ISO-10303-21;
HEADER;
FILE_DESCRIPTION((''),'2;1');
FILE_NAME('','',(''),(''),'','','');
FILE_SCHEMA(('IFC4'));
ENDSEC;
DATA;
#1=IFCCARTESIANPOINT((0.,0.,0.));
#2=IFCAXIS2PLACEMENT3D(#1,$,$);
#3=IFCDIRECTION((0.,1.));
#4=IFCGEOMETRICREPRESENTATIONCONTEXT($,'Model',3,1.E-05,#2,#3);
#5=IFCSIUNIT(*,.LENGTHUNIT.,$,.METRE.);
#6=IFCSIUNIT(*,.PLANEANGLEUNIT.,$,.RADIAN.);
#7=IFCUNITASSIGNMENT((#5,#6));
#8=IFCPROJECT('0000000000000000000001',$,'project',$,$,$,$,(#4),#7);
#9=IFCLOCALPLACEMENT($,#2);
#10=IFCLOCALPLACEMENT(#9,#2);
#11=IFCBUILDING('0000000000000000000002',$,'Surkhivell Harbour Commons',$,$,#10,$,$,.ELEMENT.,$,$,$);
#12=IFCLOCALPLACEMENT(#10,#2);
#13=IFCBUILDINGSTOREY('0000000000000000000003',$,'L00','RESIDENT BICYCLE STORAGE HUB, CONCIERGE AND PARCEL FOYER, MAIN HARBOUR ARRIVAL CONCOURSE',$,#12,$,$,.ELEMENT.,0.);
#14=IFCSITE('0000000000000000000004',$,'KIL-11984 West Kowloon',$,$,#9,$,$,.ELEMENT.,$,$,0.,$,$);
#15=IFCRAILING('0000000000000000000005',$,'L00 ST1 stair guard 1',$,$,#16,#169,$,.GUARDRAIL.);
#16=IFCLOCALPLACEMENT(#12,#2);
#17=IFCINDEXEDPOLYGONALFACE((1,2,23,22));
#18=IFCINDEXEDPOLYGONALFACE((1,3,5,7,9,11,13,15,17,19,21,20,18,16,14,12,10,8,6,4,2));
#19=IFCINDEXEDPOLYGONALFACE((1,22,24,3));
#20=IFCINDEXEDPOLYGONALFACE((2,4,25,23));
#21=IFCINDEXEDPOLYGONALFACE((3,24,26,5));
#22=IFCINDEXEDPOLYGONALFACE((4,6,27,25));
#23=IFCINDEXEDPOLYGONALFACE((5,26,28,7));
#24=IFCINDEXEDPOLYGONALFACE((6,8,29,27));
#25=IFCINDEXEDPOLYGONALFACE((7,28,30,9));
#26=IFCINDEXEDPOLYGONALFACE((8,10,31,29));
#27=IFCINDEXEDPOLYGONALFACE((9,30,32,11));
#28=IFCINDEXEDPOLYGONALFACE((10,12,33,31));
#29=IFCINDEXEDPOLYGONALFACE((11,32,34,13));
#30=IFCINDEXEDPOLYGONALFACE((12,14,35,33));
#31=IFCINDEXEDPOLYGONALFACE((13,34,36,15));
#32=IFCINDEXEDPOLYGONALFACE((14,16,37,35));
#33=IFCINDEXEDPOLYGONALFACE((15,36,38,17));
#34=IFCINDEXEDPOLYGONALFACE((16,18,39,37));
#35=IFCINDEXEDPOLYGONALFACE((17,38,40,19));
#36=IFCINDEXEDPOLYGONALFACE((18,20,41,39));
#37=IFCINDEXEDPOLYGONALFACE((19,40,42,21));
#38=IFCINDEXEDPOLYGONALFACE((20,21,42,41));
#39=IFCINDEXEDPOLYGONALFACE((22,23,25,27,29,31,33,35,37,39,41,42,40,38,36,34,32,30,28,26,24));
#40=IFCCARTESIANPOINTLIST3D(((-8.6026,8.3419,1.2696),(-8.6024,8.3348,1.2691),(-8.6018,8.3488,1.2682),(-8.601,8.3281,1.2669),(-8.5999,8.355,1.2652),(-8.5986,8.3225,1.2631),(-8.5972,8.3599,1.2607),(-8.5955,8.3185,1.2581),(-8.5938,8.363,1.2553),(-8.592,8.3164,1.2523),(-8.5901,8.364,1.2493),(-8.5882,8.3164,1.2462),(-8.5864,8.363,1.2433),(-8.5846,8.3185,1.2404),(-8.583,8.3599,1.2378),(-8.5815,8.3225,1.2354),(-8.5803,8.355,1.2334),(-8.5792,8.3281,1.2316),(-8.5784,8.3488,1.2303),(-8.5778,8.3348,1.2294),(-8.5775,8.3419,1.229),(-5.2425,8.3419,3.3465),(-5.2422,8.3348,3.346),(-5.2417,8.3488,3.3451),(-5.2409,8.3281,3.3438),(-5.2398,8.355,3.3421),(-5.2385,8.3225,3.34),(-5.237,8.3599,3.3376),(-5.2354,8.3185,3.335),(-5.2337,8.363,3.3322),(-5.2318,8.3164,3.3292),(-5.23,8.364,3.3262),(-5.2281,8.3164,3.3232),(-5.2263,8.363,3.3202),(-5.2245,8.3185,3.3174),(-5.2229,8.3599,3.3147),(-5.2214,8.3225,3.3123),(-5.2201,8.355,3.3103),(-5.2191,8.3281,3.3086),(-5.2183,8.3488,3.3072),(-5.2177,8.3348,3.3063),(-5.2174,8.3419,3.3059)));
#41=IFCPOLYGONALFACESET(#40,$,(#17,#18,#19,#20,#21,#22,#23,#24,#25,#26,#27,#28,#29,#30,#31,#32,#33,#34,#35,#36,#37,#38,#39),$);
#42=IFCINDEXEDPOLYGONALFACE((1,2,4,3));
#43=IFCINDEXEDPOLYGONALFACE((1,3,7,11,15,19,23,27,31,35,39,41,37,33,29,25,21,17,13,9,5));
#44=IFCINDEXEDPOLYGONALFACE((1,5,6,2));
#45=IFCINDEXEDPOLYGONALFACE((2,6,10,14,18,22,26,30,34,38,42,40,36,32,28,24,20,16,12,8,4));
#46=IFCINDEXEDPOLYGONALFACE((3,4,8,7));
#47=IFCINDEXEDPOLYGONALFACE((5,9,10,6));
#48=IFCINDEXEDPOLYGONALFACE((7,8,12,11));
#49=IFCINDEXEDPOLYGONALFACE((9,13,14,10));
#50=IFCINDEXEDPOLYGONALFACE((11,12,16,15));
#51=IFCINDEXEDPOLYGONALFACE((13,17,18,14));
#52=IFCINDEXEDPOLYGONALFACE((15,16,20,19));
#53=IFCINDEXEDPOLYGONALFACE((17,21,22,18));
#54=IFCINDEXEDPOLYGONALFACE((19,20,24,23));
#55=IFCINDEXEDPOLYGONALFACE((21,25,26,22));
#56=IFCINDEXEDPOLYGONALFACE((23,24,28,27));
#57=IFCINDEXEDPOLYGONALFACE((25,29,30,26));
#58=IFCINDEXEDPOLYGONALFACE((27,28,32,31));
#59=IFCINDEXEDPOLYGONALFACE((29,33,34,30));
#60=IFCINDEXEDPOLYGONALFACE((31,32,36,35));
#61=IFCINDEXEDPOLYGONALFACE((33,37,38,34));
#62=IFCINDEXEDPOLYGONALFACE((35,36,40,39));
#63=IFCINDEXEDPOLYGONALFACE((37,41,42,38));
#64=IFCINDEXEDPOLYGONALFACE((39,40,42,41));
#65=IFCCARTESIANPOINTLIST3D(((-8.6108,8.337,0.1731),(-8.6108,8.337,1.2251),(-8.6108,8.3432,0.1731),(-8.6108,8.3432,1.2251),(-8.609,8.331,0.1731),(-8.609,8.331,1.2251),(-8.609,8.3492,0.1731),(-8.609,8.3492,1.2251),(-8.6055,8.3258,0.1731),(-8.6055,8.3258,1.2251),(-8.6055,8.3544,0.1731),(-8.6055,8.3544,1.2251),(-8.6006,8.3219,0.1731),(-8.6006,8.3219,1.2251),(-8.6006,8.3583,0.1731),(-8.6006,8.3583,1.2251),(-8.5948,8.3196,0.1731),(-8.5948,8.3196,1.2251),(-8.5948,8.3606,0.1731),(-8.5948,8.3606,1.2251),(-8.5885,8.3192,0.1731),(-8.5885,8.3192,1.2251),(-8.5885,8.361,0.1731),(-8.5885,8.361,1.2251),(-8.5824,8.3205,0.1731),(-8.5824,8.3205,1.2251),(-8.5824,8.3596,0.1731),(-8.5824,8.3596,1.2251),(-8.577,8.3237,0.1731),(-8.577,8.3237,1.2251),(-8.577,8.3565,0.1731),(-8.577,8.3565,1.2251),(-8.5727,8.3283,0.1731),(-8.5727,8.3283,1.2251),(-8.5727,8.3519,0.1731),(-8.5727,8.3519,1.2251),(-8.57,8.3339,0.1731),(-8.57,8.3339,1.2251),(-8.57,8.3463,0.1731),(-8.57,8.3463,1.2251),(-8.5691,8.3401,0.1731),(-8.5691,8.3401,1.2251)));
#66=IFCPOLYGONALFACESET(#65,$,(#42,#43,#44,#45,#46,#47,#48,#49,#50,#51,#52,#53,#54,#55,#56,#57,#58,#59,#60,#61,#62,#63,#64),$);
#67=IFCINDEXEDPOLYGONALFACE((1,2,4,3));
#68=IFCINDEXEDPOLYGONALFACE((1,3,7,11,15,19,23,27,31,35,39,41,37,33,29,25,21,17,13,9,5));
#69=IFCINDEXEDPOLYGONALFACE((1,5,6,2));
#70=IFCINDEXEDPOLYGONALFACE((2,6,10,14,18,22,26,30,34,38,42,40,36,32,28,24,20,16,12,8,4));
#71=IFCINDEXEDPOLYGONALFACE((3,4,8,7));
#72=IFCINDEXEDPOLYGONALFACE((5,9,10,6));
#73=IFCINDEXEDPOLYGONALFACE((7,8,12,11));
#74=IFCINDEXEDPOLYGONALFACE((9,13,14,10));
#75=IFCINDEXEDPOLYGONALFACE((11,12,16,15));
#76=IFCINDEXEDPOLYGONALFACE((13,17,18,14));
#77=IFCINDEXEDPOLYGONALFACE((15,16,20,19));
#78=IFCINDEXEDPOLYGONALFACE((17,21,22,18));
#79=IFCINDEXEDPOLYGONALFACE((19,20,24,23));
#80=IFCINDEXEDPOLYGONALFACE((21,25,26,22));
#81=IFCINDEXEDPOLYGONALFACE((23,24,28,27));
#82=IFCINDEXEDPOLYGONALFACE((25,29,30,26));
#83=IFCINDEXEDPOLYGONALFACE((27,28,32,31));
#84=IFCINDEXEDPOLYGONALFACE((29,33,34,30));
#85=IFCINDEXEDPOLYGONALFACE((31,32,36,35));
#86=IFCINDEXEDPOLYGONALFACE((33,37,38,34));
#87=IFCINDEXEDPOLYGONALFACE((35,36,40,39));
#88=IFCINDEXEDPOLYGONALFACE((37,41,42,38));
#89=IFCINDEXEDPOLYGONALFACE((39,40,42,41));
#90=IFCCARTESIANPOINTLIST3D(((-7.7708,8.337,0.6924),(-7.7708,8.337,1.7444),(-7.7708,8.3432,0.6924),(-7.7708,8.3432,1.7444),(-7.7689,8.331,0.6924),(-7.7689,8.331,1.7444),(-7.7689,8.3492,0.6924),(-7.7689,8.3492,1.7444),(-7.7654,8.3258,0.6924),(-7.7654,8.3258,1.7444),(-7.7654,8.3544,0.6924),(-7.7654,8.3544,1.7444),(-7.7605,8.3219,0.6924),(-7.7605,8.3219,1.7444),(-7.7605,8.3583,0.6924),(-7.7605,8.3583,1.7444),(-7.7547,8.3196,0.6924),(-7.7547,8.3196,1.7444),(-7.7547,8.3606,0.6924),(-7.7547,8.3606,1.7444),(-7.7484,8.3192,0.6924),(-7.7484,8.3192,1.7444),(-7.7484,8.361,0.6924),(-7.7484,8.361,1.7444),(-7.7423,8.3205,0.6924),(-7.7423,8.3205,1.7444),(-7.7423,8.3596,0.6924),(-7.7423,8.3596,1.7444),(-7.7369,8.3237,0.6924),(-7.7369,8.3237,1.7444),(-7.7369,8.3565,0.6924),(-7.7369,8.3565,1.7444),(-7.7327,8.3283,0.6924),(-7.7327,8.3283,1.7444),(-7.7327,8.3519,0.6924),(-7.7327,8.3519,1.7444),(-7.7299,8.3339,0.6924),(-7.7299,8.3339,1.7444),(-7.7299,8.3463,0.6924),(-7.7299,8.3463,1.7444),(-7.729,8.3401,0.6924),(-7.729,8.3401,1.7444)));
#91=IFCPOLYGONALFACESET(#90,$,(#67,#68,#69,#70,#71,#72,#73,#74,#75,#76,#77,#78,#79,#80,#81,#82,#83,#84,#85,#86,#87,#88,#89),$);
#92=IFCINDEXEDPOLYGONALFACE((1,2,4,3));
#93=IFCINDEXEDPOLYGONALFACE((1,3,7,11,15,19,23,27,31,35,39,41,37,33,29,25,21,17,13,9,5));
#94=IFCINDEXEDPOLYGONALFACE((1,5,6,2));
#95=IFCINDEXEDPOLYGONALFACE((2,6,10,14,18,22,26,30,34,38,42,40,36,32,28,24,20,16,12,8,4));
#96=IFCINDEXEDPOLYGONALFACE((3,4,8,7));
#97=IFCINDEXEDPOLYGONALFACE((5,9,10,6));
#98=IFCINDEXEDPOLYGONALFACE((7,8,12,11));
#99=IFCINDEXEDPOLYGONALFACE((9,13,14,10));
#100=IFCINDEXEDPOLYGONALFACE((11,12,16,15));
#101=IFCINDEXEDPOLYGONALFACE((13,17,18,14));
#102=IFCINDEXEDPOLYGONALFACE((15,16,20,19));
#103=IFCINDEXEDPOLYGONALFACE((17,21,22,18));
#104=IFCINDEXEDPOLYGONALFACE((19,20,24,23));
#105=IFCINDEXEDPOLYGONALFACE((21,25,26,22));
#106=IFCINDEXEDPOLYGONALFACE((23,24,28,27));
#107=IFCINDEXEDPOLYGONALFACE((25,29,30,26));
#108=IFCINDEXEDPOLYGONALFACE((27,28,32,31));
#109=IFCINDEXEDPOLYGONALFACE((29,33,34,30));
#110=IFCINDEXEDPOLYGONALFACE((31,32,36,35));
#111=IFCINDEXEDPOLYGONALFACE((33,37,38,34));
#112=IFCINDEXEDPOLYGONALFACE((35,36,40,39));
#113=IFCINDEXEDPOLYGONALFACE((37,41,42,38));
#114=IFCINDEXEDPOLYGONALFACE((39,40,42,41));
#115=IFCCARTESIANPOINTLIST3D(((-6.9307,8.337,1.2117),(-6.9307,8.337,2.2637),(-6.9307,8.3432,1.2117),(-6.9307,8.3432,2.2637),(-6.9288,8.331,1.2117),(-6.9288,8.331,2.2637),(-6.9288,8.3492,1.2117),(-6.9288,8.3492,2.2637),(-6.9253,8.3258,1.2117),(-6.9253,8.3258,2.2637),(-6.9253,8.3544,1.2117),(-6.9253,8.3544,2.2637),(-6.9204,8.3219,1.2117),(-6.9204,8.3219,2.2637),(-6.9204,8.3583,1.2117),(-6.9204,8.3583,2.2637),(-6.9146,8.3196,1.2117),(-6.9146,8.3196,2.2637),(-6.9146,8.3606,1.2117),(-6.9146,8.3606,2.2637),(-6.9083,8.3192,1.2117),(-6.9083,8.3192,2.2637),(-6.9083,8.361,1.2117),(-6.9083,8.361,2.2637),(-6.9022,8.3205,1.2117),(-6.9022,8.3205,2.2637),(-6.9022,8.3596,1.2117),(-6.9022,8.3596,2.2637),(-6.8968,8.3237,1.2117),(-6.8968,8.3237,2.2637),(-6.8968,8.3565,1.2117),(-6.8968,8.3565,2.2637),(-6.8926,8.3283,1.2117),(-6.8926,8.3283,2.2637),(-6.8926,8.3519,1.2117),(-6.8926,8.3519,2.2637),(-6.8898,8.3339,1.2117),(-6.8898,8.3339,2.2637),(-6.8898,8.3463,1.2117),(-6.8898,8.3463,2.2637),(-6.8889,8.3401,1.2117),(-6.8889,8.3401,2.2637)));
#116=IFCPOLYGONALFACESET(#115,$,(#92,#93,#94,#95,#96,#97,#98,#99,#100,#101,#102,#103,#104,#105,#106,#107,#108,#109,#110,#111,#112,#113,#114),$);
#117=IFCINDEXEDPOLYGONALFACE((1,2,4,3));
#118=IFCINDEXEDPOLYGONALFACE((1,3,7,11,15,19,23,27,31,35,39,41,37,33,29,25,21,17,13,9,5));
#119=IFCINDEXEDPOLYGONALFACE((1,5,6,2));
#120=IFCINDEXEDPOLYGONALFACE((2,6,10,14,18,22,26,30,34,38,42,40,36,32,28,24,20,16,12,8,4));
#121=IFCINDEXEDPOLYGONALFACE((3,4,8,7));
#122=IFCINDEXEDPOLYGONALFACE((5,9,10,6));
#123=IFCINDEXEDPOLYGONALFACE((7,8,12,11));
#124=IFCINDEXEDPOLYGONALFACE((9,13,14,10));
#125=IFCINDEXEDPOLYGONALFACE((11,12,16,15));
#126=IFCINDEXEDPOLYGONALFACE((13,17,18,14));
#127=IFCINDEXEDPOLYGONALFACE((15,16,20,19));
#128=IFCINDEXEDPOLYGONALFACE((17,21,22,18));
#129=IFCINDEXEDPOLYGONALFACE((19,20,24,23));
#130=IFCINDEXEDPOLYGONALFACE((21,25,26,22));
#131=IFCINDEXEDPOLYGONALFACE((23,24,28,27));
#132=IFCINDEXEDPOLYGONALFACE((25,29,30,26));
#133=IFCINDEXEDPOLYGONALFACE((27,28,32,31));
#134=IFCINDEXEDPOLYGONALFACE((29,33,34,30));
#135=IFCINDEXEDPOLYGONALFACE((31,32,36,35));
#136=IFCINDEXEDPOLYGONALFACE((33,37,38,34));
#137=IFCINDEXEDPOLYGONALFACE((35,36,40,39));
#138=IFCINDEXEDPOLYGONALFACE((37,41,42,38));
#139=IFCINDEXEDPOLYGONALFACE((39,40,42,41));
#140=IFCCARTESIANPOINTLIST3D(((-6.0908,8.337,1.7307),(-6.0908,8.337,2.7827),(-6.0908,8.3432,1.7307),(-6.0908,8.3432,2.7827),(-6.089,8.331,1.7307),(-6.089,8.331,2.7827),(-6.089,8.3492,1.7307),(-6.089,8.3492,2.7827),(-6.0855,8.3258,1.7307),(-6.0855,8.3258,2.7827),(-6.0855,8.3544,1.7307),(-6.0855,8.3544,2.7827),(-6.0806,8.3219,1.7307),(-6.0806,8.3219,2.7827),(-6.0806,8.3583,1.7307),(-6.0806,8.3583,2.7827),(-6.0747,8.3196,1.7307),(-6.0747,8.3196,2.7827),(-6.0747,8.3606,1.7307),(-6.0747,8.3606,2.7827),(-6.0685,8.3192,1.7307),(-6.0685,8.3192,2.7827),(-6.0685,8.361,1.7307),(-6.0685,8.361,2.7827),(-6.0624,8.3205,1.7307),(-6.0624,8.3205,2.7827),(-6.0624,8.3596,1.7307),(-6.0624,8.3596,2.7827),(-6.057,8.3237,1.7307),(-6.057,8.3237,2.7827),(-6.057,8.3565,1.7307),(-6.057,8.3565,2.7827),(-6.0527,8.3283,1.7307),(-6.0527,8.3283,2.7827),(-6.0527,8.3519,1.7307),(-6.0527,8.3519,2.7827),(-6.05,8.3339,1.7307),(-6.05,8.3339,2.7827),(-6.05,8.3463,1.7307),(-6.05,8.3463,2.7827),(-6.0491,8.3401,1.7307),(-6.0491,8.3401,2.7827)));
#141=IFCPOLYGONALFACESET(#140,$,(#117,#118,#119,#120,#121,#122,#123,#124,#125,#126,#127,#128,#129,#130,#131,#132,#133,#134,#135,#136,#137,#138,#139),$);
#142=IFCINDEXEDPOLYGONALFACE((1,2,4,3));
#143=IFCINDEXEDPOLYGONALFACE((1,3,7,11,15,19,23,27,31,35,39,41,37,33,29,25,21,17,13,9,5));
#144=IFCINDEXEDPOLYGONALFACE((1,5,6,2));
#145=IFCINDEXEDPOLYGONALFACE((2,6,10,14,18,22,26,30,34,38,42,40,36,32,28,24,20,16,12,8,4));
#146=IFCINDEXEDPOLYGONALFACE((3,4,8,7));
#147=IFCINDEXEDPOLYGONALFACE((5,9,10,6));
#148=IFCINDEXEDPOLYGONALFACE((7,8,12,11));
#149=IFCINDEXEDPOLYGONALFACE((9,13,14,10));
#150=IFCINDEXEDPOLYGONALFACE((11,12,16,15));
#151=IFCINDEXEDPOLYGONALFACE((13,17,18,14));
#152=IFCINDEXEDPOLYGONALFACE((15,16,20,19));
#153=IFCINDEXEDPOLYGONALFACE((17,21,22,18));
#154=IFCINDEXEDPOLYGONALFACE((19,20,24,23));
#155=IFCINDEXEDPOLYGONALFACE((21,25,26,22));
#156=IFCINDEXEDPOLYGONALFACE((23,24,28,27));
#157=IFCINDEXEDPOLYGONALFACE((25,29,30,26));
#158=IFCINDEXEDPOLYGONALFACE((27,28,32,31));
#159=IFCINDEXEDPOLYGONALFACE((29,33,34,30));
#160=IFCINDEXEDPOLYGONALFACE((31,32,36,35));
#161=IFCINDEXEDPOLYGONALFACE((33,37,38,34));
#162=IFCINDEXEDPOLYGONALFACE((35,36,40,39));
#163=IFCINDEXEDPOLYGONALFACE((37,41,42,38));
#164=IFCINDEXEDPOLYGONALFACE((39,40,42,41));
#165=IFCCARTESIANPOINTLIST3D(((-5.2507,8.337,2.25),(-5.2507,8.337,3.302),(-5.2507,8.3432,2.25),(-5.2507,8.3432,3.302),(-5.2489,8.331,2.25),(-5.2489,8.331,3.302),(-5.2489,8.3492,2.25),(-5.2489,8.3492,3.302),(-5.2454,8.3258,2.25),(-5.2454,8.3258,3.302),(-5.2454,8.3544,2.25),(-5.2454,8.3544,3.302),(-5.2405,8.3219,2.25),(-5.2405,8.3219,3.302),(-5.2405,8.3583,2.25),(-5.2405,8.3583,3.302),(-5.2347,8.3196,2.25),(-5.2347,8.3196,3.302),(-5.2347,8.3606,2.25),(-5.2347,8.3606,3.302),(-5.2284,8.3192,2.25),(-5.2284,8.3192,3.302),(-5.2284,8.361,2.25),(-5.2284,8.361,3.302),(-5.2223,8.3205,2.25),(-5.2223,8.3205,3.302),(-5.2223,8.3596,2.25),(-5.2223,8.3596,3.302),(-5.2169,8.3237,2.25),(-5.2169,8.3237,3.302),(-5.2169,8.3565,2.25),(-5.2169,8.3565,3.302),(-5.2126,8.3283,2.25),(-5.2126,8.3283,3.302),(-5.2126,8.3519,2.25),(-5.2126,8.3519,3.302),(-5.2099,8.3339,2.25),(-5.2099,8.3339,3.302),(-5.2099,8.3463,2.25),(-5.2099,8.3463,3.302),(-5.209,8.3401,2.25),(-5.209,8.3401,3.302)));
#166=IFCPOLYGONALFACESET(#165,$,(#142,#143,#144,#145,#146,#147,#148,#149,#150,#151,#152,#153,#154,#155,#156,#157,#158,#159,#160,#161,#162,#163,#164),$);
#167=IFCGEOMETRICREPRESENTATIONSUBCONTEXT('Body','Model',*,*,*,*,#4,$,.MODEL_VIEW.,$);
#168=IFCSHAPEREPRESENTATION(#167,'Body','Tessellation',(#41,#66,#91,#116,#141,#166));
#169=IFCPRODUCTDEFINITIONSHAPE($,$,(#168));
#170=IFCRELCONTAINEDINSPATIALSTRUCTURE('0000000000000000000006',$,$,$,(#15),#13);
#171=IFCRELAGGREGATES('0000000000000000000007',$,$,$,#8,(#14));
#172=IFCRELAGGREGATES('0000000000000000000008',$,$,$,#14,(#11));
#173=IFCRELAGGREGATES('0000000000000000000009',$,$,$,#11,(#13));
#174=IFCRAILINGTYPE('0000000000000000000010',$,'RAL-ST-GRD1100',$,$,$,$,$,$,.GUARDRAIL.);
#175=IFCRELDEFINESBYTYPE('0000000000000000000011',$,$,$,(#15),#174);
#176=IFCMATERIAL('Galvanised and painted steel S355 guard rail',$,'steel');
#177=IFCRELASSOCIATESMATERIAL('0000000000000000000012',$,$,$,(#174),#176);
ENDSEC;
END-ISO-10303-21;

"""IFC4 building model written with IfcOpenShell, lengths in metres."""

from ifc_helpers import new_model, si_unit, direction, frame, origin, origin_2d, place, context, subcontext, project, spatial, circle, extrude, material, type_object, element, save


model = new_model("IFC4")

# Units and contexts
model_context = context("Model", 3, precision=1e-05, world=origin(), true_north=direction((0.0, 1.0)))
body_context = subcontext(model_context, "Body", "Model", "MODEL_VIEW")
ifc_project = project(units=[si_unit("LENGTHUNIT", "METRE"), si_unit("PLANEANGLEUNIT", "RADIAN")], contexts=[model_context])

# Site, building, storey
site_placement = place(None, origin())
site = spatial("IfcSite", under=ifc_project, at=site_placement, Name="KIL-11984 West Kowloon", CompositionType="ELEMENT", RefElevation=0.0)
building_placement = place(site_placement, origin())
building = spatial("IfcBuilding", under=site, at=building_placement, Name="Surkhivell Harbour Commons", CompositionType="ELEMENT")
storey_placement = place(building_placement, origin())
storey = spatial("IfcBuildingStorey", under=building, at=storey_placement, Name="L00", Description="RESIDENT BICYCLE STORAGE HUB, CONCIERGE AND PARCEL FOYER, MAIN HARBOUR ARRIVAL CONCOURSE", CompositionType="ELEMENT", Elevation=0.0)

# Railing
ifc_material_1 = material(Name="Galvanised and painted steel S355 guard rail", Category="steel")
railing_type_1 = type_object("IfcRailingType", Name="RAL-ST-GRD1100", PredefinedType="GUARDRAIL", material=ifc_material_1)
railing_1_placement = place(storey_placement, frame((-8.5901, 8.3401, 0.1731)))
element("IfcRailing", 1, at=railing_1_placement, inside=storey, type_object=railing_type_1, Name="L00 ST1 stair guard 1", PredefinedType="GUARDRAIL", context=body_context, shape_type="SweptSolid", body=[
    extrude(circle(Radius=0.0239, at=origin_2d()), frame((0.0, 0.0, 1.0762), z_axis=(0.850623, 0.0, 0.525776), x_axis=(0.0, 1.0, 0.0)), (0.0, 0.0, 1.0), 3.9502),
    extrude(circle(Radius=0.021, at=origin_2d()), origin(), (0.0, 0.0, 1.0), 1.052),
    extrude(circle(Radius=0.021, at=origin_2d()), frame((0.8401, 0.0, 0.5193)), (0.0, 0.0, 1.0), 1.052),
    extrude(circle(Radius=0.021, at=origin_2d()), frame((1.6802, 0.0, 1.0386)), (0.0, 0.0, 1.0), 1.052),
    extrude(circle(Radius=0.021, at=origin_2d()), frame((2.52, 0.0, 1.5576)), (0.0, 0.0, 1.0), 1.052),
    extrude(circle(Radius=0.021, at=origin_2d()), frame((3.3601, 0.0, 2.0769)), (0.0, 0.0, 1.0), 1.052),
])

save(model, "model.ifc")
